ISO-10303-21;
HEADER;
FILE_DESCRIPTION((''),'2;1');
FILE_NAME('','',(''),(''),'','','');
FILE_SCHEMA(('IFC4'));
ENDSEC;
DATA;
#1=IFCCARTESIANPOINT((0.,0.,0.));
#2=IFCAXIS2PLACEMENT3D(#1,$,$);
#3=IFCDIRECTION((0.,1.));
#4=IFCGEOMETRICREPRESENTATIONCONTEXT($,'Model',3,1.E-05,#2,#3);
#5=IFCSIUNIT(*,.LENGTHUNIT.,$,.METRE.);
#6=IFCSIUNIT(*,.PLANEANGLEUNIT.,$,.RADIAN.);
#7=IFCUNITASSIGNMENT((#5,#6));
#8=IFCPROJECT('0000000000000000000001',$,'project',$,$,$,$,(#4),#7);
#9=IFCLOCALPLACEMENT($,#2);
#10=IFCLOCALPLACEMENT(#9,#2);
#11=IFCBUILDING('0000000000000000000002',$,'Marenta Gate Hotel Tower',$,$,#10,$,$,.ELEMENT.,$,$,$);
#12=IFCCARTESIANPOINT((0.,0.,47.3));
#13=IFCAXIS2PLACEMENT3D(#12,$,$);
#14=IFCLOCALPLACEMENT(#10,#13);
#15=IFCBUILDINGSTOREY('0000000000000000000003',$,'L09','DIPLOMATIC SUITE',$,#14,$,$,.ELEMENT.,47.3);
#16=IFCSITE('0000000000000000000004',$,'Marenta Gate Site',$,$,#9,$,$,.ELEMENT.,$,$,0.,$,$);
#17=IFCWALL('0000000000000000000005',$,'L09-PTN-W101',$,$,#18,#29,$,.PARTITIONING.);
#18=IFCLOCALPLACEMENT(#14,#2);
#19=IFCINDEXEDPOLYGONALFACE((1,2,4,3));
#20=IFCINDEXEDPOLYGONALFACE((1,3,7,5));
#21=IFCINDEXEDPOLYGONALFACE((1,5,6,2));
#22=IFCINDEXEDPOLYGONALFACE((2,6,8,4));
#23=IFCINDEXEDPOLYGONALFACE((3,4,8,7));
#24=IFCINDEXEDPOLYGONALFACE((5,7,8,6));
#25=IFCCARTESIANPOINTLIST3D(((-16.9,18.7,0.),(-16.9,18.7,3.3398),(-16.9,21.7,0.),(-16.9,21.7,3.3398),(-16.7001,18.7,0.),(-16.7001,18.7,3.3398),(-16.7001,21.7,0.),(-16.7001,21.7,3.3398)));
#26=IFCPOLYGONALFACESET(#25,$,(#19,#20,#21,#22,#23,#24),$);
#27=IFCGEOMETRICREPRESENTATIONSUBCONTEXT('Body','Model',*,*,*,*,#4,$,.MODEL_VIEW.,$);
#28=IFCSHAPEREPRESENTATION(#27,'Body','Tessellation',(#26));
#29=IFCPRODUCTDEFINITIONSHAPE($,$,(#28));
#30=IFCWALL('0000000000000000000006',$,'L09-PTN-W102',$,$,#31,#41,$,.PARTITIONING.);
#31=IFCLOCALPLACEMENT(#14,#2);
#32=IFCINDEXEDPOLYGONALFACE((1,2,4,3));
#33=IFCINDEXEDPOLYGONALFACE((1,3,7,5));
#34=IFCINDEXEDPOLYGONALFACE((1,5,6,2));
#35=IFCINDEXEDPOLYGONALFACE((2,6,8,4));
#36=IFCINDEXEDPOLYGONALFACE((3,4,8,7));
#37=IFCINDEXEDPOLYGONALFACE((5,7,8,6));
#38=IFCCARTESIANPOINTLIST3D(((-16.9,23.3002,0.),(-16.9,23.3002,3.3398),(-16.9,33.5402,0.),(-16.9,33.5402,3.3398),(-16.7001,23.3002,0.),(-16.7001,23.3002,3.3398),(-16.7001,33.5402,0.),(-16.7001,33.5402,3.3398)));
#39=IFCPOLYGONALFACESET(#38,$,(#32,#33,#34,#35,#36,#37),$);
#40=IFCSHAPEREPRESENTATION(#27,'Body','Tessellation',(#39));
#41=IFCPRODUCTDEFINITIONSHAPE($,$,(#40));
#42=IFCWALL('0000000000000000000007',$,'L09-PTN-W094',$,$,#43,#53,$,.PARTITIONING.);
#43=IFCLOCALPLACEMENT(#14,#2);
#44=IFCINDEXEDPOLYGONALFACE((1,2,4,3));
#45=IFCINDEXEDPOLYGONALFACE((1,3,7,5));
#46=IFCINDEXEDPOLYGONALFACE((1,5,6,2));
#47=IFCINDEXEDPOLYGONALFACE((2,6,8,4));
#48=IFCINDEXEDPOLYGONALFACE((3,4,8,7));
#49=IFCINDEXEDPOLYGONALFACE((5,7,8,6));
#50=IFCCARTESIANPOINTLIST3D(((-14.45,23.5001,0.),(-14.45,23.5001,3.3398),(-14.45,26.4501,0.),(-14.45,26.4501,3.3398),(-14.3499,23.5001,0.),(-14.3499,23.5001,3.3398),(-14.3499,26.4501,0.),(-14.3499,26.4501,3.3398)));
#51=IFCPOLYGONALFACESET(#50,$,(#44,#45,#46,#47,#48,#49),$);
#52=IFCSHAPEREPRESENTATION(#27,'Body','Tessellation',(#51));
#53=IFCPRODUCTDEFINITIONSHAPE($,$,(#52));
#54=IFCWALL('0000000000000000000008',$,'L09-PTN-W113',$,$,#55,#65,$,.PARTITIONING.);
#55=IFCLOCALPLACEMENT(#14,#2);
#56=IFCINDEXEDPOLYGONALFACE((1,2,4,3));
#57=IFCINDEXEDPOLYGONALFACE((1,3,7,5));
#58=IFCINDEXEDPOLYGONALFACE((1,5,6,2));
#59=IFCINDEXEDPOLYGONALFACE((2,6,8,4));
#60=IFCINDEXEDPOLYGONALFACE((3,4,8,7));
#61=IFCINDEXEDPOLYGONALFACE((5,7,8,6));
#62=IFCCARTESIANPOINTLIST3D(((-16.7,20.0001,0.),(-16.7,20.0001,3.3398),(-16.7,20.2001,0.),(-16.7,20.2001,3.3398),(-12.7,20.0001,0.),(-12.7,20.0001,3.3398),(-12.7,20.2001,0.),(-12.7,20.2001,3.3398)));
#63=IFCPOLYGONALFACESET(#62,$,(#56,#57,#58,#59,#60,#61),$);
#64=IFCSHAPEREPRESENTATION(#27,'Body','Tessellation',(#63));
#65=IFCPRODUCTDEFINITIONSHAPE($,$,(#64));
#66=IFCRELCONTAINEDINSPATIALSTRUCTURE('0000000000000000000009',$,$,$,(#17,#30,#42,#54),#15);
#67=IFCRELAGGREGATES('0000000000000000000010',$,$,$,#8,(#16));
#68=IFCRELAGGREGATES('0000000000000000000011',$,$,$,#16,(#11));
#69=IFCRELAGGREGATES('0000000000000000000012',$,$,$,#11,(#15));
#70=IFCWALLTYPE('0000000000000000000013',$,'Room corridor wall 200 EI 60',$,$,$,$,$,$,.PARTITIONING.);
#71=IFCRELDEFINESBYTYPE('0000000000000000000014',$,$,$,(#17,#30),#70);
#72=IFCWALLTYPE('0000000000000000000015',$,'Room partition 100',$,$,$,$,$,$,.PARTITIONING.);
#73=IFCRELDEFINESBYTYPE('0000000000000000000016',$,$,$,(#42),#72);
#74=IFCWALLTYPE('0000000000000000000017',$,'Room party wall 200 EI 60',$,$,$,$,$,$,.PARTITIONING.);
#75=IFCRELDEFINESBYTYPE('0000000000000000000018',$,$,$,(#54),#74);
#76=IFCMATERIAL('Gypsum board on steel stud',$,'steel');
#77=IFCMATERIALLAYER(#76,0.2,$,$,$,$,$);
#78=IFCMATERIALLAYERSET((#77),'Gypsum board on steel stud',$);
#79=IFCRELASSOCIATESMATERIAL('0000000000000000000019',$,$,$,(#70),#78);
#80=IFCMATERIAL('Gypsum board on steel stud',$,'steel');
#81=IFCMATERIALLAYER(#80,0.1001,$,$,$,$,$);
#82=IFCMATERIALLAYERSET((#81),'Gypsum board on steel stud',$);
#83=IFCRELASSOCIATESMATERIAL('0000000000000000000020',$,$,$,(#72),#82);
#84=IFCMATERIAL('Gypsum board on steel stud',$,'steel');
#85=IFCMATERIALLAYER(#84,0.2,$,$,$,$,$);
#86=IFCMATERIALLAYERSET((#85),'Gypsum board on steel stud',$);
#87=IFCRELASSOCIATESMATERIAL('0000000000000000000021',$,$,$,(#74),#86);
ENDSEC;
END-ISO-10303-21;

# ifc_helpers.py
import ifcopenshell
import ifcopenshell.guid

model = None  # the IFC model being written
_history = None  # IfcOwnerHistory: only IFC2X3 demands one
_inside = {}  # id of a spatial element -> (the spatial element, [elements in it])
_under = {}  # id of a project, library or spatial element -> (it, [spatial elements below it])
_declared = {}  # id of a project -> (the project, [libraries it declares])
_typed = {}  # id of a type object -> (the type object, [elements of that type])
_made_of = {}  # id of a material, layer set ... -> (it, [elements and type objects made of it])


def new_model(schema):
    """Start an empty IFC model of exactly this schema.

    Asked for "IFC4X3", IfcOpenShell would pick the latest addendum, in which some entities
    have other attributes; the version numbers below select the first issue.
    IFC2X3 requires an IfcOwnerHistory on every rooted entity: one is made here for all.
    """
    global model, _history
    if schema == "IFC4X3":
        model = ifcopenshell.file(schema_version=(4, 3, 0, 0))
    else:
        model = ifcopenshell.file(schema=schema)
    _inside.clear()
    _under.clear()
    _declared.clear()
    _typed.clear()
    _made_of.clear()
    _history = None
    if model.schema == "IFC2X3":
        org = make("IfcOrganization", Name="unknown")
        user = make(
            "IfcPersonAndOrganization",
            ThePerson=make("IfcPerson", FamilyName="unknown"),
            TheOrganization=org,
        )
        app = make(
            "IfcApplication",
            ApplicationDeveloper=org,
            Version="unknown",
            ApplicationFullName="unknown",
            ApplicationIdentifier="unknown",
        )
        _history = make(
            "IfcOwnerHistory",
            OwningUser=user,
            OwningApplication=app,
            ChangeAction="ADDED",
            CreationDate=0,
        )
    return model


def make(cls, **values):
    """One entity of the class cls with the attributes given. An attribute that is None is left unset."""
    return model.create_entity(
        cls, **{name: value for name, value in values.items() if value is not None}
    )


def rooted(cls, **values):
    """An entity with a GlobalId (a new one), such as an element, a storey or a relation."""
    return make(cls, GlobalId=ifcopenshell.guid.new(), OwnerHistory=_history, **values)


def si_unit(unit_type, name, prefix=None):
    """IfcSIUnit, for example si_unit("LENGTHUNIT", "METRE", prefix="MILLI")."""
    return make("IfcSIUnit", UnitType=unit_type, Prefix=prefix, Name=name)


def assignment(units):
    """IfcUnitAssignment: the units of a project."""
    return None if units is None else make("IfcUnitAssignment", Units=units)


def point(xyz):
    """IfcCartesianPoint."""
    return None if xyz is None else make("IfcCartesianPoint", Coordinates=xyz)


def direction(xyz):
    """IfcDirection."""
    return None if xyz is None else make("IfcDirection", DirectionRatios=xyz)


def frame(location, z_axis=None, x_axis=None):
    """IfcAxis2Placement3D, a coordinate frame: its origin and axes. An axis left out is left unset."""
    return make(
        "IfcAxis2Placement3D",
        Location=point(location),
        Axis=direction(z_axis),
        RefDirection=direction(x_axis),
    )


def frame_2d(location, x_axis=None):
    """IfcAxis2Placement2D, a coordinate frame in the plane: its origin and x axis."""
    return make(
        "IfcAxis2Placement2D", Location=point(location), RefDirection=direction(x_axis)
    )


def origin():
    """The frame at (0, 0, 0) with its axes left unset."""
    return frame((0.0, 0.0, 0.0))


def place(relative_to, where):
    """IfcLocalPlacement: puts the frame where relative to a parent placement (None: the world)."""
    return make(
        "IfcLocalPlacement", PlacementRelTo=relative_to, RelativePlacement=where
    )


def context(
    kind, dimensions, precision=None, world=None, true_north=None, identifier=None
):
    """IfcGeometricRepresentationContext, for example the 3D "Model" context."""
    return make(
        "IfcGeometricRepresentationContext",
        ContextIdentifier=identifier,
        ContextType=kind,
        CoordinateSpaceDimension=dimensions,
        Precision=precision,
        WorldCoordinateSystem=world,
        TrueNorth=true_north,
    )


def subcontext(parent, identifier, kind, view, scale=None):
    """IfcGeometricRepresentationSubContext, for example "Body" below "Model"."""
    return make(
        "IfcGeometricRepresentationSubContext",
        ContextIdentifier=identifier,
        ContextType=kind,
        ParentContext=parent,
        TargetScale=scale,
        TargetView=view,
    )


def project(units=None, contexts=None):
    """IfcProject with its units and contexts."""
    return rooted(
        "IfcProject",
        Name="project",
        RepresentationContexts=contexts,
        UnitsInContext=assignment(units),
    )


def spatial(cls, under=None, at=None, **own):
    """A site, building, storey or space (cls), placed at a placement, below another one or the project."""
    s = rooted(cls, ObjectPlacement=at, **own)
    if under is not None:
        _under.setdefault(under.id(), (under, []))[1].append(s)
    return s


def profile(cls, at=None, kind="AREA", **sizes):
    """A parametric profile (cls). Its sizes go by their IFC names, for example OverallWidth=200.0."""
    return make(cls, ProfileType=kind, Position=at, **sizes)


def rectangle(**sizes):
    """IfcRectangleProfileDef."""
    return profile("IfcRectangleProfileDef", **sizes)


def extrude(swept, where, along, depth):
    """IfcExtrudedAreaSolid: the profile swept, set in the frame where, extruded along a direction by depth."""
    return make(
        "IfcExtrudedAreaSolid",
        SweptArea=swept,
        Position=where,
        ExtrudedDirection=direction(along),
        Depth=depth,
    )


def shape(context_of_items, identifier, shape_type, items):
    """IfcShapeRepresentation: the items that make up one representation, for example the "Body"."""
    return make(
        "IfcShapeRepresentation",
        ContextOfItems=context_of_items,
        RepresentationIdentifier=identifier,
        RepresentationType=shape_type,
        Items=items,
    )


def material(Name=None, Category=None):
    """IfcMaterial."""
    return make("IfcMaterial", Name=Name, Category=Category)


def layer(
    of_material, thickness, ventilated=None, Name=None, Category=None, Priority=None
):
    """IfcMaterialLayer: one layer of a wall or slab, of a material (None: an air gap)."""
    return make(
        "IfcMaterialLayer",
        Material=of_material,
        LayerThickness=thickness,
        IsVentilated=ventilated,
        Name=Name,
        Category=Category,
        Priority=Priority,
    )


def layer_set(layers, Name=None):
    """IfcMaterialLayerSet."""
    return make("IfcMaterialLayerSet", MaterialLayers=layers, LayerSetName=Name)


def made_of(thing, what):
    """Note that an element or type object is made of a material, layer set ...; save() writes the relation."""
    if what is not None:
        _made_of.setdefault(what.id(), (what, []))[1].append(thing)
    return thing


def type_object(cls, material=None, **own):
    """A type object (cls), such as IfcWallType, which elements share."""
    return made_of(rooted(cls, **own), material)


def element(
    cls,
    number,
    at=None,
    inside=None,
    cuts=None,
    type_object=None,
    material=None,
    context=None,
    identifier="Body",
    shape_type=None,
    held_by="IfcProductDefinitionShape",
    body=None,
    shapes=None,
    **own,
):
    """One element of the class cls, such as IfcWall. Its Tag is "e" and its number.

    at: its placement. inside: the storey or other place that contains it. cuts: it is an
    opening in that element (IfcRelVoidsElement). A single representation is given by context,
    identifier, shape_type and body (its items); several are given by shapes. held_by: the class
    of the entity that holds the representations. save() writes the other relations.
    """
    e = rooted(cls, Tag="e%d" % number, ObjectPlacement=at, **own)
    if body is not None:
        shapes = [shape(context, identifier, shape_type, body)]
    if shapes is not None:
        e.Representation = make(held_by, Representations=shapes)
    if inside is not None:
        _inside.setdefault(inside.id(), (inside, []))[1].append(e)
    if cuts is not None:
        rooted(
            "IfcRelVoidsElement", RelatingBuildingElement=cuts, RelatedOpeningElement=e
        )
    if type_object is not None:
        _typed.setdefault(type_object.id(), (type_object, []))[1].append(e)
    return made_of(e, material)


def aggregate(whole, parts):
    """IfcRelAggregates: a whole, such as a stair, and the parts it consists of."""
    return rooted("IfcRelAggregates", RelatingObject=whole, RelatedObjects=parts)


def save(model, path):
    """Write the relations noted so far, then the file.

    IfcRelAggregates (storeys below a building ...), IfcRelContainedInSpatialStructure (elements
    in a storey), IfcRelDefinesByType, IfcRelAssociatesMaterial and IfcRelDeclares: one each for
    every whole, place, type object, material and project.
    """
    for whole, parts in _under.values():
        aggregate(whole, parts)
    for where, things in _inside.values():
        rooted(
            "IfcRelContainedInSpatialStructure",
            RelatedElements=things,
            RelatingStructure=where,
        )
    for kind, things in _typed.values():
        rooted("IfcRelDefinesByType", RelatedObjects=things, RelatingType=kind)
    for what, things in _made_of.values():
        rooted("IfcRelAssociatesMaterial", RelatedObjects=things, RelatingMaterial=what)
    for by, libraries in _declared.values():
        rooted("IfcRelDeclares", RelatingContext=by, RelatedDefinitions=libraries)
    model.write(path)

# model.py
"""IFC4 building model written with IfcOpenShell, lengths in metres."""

from ifc_helpers import new_model, si_unit, direction, frame, frame_2d, origin, place, context, subcontext, project, spatial, rectangle, extrude, material, layer, layer_set, type_object, element, save


model = new_model("IFC4")

# Units and contexts
model_context = context("Model", 3, precision=1e-05, world=origin(), true_north=direction((0.0, 1.0)))
body_context = subcontext(model_context, "Body", "Model", "MODEL_VIEW")
ifc_project = project(units=[si_unit("LENGTHUNIT", "METRE"), si_unit("PLANEANGLEUNIT", "RADIAN")], contexts=[model_context])

# Site, building, storey
site_placement = place(None, origin())
site = spatial("IfcSite", under=ifc_project, at=site_placement, Name="Marenta Gate Site", CompositionType="ELEMENT", RefElevation=0.0)
building_placement = place(site_placement, origin())
building = spatial("IfcBuilding", under=site, at=building_placement, Name="Marenta Gate Hotel Tower", CompositionType="ELEMENT")
storey_placement = place(building_placement, frame((0.0, 0.0, 47.3)))
storey = spatial("IfcBuildingStorey", under=building, at=storey_placement, Name="L09", Description="DIPLOMATIC SUITE", CompositionType="ELEMENT", Elevation=47.3)

# Walls
ifc_material_1 = material(Name="Gypsum board on steel stud", Category="steel")
ifc_layer_1 = layer(ifc_material_1, 0.2)
ifc_layer_set_1 = layer_set([ifc_layer_1], Name="Gypsum board on steel stud")
wall_type_1 = type_object("IfcWallType", Name="Room corridor wall 200 EI 60", PredefinedType="PARTITIONING", material=ifc_layer_set_1)
wall_1_placement = place(storey_placement, frame((-16.8, 18.7, 0.0), z_axis=(0.0, 0.0, 1.0), x_axis=(0.0, 1.0, 0.0)))
element("IfcWall", 1, at=wall_1_placement, inside=storey, type_object=wall_type_1, Name="L09-PTN-W101", PredefinedType="PARTITIONING", context=body_context, shape_type="SweptSolid", body=[
    extrude(rectangle(XDim=3.0, YDim=0.2, at=frame_2d((1.5, 0.0))), origin(), (0.0, 0.0, 1.0), 3.3398),
])
wall_2_placement = place(storey_placement, frame((-16.8, 23.3, 0.0), z_axis=(0.0, 0.0, 1.0), x_axis=(0.0, 1.0, 0.0)))
element("IfcWall", 2, at=wall_2_placement, inside=storey, type_object=wall_type_1, Name="L09-PTN-W102", PredefinedType="PARTITIONING", context=body_context, shape_type="SweptSolid", body=[
    extrude(rectangle(XDim=10.24, YDim=0.2, at=frame_2d((5.1201, 0.0))), origin(), (0.0, 0.0, 1.0), 3.3398),
])

# Walls
ifc_material_2 = material(Name="Gypsum board on steel stud", Category="steel")
ifc_layer_2 = layer(ifc_material_2, 0.1001)
ifc_layer_set_2 = layer_set([ifc_layer_2], Name="Gypsum board on steel stud")
wall_type_2 = type_object("IfcWallType", Name="Room partition 100", PredefinedType="PARTITIONING", material=ifc_layer_set_2)
wall_3_placement = place(storey_placement, frame((-14.3999, 23.5, 0.0), z_axis=(0.0, 0.0, 1.0), x_axis=(0.0, 1.0, 0.0)))
element("IfcWall", 3, at=wall_3_placement, inside=storey, type_object=wall_type_2, Name="L09-PTN-W094", PredefinedType="PARTITIONING", context=body_context, shape_type="SweptSolid", body=[
    extrude(rectangle(XDim=2.95, YDim=0.1001, at=frame_2d((1.4751, 0.0))), origin(), (0.0, 0.0, 1.0), 3.3398),
])
ifc_material_3 = material(Name="Gypsum board on steel stud", Category="steel")
ifc_layer_3 = layer(ifc_material_3, 0.2)
ifc_layer_set_3 = layer_set([ifc_layer_3], Name="Gypsum board on steel stud")
wall_type_3 = type_object("IfcWallType", Name="Room party wall 200 EI 60", PredefinedType="PARTITIONING", material=ifc_layer_set_3)
wall_4_placement = place(storey_placement, frame((-16.7, 20.1001, 0.0), z_axis=(0.0, 0.0, 1.0), x_axis=(1.0, 0.0, 0.0)))
element("IfcWall", 4, at=wall_4_placement, inside=storey, type_object=wall_type_3, Name="L09-PTN-W113", PredefinedType="PARTITIONING", context=body_context, shape_type="SweptSolid", body=[
    extrude(rectangle(XDim=4.0, YDim=0.2, at=frame_2d((2.0, 0.0))), origin(), (0.0, 0.0, 1.0), 3.3398),
])

save(model, "model.ifc")
